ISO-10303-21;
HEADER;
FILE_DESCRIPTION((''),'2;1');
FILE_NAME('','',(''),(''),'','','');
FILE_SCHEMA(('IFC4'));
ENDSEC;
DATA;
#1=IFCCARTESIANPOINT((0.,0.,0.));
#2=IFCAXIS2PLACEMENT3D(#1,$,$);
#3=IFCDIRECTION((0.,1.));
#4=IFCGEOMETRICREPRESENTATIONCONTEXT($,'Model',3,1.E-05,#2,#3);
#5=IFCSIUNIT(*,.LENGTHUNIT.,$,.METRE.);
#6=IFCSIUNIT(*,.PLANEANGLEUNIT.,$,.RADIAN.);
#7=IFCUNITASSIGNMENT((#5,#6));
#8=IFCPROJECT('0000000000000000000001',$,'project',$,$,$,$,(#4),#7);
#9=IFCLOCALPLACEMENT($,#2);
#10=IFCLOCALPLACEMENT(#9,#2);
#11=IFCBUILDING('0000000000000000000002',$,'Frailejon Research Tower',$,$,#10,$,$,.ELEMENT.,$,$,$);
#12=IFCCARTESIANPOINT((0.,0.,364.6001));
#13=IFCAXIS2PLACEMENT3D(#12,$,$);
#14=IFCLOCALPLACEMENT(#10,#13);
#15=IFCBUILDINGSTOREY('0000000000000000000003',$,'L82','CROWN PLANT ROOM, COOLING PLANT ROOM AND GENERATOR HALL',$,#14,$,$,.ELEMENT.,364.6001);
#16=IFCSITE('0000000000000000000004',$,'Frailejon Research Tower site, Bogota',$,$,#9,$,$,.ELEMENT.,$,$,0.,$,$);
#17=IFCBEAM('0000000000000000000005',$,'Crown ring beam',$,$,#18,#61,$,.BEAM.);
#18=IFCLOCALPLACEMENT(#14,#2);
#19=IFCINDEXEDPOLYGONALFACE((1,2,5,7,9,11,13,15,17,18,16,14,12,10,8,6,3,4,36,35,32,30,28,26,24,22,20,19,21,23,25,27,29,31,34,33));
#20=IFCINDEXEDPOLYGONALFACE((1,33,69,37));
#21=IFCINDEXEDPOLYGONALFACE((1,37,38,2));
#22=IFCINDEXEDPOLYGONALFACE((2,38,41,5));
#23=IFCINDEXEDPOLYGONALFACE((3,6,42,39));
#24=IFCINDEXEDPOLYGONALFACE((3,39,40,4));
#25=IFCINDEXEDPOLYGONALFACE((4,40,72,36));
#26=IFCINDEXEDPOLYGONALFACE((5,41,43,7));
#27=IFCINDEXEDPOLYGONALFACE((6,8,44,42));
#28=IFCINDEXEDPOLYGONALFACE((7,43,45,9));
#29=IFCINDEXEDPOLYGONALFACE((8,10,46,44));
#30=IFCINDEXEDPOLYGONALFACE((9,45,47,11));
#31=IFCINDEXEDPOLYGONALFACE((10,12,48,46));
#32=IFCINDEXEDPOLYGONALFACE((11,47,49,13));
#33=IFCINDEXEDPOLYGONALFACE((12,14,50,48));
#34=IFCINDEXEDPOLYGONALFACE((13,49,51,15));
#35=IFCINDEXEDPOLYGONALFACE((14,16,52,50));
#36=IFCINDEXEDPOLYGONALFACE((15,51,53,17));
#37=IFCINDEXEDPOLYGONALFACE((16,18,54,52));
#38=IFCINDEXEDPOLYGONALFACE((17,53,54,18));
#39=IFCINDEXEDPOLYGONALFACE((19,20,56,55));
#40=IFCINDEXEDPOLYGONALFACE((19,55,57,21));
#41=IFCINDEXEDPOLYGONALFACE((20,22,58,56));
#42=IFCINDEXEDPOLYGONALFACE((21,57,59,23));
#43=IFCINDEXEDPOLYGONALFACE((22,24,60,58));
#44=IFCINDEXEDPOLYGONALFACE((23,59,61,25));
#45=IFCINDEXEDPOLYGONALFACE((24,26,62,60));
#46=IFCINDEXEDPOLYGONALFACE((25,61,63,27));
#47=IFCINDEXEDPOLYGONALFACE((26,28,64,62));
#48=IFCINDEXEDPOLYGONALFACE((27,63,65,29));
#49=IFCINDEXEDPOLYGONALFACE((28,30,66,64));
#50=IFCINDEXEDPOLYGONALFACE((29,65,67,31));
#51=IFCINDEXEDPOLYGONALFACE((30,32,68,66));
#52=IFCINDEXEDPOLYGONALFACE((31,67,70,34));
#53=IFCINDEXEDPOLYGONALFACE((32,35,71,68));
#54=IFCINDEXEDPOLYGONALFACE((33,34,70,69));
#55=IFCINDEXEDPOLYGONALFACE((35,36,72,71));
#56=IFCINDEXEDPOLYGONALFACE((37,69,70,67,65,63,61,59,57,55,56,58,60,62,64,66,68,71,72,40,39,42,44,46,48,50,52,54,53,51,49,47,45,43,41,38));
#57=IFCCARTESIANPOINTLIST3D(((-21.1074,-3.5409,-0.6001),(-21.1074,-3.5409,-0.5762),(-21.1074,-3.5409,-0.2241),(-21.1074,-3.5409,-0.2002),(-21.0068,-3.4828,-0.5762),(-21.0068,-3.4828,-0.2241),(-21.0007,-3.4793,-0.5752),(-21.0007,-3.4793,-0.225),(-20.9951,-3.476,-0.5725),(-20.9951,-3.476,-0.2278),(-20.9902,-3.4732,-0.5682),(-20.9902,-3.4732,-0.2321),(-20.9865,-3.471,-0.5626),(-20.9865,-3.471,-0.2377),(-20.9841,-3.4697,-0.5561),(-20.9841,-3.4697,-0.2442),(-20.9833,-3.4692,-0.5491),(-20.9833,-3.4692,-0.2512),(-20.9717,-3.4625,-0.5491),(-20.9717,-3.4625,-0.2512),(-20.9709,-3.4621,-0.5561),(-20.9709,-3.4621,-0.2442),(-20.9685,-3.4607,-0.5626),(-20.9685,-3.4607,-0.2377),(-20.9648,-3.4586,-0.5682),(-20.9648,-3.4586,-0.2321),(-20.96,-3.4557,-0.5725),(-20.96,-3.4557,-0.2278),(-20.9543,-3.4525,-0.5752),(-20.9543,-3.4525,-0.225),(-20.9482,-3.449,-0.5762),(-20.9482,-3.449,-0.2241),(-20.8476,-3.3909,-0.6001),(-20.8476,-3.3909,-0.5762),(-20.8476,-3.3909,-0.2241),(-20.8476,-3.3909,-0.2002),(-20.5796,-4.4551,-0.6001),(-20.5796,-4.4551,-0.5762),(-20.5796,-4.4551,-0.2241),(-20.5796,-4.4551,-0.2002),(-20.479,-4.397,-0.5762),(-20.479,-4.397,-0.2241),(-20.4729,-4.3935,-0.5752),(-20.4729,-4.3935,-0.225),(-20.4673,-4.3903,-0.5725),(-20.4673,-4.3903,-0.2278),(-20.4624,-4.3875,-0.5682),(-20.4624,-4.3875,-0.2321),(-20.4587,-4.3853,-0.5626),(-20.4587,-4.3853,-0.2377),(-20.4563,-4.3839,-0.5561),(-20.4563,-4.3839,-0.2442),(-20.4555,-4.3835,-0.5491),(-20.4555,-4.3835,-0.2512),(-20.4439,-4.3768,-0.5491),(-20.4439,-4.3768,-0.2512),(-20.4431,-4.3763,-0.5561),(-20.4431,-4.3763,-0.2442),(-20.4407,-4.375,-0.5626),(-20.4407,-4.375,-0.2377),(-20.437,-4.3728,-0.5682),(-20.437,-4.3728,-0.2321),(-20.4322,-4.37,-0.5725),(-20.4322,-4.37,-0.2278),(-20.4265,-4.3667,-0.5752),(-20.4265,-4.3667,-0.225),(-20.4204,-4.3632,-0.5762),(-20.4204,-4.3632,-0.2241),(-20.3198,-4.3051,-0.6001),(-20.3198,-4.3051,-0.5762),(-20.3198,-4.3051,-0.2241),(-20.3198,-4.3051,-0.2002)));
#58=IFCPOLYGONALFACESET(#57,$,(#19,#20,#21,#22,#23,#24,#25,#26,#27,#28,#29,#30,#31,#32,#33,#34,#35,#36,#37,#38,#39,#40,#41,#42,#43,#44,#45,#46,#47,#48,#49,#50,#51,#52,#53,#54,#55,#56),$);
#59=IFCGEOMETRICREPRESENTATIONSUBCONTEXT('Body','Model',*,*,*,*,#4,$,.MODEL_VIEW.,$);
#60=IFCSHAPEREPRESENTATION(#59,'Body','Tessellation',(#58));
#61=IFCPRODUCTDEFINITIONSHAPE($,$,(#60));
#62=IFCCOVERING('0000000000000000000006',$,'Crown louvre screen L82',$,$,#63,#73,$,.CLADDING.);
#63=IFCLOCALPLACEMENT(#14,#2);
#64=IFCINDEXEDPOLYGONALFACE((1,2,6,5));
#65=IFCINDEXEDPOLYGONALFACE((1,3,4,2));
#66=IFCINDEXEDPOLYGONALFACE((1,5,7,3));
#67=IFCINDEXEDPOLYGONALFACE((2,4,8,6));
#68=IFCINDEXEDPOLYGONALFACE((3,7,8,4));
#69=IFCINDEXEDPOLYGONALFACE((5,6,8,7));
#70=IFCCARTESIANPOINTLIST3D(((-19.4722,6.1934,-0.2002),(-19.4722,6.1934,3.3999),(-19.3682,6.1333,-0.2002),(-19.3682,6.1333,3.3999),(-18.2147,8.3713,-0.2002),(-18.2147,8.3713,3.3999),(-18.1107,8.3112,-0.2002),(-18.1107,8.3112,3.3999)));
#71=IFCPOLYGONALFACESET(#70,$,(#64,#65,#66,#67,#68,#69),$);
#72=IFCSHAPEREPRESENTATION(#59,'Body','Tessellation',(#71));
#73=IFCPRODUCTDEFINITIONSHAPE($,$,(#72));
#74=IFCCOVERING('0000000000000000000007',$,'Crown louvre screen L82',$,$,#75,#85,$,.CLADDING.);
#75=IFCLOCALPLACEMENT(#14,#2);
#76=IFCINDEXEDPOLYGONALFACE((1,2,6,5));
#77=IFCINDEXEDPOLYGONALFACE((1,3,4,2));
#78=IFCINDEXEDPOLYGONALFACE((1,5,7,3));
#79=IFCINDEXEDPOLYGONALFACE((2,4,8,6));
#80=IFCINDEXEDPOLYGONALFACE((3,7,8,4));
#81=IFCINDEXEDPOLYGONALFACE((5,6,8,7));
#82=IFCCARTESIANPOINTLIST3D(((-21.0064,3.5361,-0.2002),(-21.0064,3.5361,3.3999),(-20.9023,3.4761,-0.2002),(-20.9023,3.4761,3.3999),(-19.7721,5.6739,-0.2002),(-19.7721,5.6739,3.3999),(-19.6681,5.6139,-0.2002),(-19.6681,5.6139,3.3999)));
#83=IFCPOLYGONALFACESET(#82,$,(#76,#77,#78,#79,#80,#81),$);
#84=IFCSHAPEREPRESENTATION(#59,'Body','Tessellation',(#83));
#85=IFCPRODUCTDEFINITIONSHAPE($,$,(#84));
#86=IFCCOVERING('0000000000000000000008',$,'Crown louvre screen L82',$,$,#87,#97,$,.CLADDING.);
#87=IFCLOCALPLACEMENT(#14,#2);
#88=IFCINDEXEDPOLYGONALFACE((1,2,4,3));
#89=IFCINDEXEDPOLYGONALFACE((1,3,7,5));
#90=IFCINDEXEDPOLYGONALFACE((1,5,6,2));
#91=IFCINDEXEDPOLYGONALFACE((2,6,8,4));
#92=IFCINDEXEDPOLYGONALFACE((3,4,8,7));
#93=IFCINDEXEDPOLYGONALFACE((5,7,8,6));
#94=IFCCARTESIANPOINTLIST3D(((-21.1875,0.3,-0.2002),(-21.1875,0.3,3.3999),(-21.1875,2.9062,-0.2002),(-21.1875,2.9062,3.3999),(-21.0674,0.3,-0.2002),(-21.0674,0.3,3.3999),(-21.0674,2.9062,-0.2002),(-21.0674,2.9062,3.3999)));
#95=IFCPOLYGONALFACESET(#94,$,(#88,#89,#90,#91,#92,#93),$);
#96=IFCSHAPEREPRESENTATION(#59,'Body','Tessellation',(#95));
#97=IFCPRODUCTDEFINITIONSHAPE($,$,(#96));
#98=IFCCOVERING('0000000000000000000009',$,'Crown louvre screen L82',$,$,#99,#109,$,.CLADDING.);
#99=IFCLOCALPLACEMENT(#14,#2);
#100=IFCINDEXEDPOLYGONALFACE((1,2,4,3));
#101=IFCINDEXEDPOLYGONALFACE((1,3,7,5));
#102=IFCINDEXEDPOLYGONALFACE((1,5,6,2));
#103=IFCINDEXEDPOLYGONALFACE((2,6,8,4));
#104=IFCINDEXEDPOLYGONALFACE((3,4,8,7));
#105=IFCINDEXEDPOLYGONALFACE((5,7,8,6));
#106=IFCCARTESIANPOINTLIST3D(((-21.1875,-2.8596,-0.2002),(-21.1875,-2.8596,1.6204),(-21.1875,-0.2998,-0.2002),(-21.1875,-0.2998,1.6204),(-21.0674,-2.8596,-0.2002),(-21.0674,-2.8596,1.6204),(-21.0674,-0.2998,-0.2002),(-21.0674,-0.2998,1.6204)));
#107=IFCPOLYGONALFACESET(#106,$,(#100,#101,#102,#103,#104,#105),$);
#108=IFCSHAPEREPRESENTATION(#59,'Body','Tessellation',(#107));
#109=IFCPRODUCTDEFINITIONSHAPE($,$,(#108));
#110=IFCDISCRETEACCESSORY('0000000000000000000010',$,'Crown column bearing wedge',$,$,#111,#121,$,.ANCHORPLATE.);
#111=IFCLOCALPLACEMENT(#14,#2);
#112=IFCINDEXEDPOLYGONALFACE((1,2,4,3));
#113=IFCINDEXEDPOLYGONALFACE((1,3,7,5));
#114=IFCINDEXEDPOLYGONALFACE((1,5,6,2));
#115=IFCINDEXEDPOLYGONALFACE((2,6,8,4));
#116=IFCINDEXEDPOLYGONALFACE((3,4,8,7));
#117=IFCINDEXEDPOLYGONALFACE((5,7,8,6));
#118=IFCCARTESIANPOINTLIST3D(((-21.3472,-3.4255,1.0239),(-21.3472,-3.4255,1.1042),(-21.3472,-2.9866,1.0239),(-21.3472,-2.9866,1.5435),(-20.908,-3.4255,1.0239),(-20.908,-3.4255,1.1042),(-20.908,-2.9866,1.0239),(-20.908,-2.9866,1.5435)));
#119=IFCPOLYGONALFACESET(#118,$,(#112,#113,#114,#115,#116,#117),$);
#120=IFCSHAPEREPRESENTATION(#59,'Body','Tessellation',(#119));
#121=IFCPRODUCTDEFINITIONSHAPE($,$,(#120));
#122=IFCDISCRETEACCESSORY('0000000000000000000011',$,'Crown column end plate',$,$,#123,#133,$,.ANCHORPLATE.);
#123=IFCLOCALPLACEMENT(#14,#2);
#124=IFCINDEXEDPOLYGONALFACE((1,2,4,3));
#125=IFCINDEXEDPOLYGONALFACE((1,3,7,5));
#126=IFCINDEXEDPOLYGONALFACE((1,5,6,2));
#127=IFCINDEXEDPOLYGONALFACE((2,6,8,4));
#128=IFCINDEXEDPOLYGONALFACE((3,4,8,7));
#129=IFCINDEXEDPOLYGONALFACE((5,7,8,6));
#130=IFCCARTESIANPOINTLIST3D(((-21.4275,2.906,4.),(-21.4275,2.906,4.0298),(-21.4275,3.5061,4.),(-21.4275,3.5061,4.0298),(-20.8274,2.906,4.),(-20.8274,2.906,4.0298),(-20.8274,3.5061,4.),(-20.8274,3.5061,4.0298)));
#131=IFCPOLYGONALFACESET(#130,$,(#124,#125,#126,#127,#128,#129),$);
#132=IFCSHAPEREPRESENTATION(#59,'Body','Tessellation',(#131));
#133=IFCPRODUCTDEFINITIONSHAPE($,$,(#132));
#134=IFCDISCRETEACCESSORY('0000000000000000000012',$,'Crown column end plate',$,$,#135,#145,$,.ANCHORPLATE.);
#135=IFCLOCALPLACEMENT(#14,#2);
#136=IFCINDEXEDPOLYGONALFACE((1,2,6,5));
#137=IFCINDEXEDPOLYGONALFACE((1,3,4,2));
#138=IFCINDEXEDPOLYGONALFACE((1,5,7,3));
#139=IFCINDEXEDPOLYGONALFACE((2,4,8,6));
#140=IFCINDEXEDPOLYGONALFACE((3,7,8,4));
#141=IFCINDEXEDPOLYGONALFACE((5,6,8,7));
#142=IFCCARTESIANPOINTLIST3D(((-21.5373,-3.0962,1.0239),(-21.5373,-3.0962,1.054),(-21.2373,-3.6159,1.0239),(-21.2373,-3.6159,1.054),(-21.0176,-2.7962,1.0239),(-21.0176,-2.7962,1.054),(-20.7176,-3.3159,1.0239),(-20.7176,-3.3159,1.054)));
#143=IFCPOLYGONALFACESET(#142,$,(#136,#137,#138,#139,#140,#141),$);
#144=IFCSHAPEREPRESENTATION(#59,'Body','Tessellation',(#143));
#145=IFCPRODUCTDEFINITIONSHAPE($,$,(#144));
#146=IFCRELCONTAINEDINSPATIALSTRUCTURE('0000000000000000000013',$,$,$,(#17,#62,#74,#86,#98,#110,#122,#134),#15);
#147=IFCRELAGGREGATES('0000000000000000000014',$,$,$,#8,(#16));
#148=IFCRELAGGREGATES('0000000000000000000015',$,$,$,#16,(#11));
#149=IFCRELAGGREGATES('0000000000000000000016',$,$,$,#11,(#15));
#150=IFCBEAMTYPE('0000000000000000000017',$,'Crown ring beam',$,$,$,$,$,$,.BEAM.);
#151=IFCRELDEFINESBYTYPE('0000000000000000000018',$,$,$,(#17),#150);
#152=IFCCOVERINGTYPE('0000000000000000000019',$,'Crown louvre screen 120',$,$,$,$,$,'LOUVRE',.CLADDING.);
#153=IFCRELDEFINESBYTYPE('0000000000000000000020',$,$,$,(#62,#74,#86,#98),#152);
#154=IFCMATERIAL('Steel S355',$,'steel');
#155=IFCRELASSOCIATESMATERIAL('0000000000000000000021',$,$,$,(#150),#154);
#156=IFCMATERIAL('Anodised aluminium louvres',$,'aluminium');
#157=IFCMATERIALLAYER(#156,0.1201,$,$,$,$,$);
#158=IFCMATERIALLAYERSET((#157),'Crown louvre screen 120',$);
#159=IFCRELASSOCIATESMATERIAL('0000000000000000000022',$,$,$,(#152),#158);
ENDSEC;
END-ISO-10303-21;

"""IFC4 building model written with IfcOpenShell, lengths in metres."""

from ifc_helpers import new_model, si_unit, direction, frame, origin, origin_2d, place, context, subcontext, project, spatial, polyline, rectangle, i_section, outline, extrude, material, layer, layer_set, material_profile, profile_set, type_object, element, save


model = new_model("IFC4")

# Units and contexts
model_context = context("Model", 3, precision=1e-05, world=origin(), true_north=direction((0.0, 1.0)))
body_context = subcontext(model_context, "Body", "Model", "MODEL_VIEW")
ifc_project = project(units=[si_unit("LENGTHUNIT", "METRE"), si_unit("PLANEANGLEUNIT", "RADIAN")], contexts=[model_context])

# Site, building, storey
site_placement = place(None, origin())
site = spatial("IfcSite", under=ifc_project, at=site_placement, Name="Frailejon Research Tower site, Bogota", CompositionType="ELEMENT", RefElevation=0.0)
building_placement = place(site_placement, origin())
building = spatial("IfcBuilding", under=site, at=building_placement, Name="Frailejon Research Tower", CompositionType="ELEMENT")
storey_placement = place(building_placement, frame((0.0, 0.0, 364.6001)))
storey = spatial("IfcBuildingStorey", under=building, at=storey_placement, Name="L82", Description="CROWN PLANT ROOM, COOLING PLANT ROOM AND GENERATOR HALL", CompositionType="ELEMENT", Elevation=364.6001)

# Beam
ifc_material_1 = material(Name="Steel S355", Category="steel")
ifc_material_profile_1 = material_profile(ifc_material_1, i_section(OverallWidth=0.3, OverallDepth=0.3999, WebThickness=0.0134, FlangeThickness=0.0239, FilletRadius=0.0271, at=origin_2d()), Name="HE 400 B")
ifc_profile_set_1 = profile_set([ifc_material_profile_1], Name="Steel S355")
beam_type_1 = type_object("IfcBeamType", Name="Crown ring beam", PredefinedType="BEAM", material=ifc_profile_set_1)
beam_1_placement = place(storey_placement, frame((-20.4497, -4.3801, -0.4001), z_axis=(-0.499969, 0.866043, 0.0), x_axis=(-0.866043, -0.499969, 0.0)))
element("IfcBeam", 1, at=beam_1_placement, inside=storey, type_object=beam_type_1, Name="Crown ring beam", PredefinedType="BEAM", context=body_context, shape_type="SweptSolid", body=[
    extrude(i_section(OverallWidth=0.3, OverallDepth=0.3999, WebThickness=0.0134, FlangeThickness=0.0239, FilletRadius=0.0271, at=origin_2d()), origin(), (0.0, 0.0, 1.0), 1.0557),
])

# Coverings
ifc_material_2 = material(Name="Anodised aluminium louvres", Category="aluminium")
ifc_layer = layer(ifc_material_2, 0.1201)
ifc_layer_set = layer_set([ifc_layer], Name="Crown louvre screen 120")
covering_type = type_object("IfcCoveringType", Name="Crown louvre screen 120", ElementType="LOUVRE", PredefinedType="CLADDING", material=ifc_layer_set)
covering_1_placement = place(storey_placement, frame((-19.4202, 6.1633, -0.2002), z_axis=(0.500009, 0.86602, 0.0), x_axis=(-0.86602, 0.500009, 0.0)))
element("IfcCovering", 2, at=covering_1_placement, inside=storey, type_object=covering_type, Name="Crown louvre screen L82", PredefinedType="CLADDING", context=body_context, shape_type="SweptSolid", body=[
    extrude(outline(polyline([(-0.0601, 0.0), (0.0601, 0.0), (0.0601, 3.6001), (-0.0601, 3.6001), (-0.0601, 0.0)])), origin(), (0.0, 0.0, 1.0), 2.5149),
])
covering_2_placement = place(storey_placement, frame((-20.9543, 3.5061, -0.2002), z_axis=(0.499999, 0.866026, 0.0), x_axis=(-0.866026, 0.499999, 0.0)))
element("IfcCovering", 3, at=covering_2_placement, inside=storey, type_object=covering_type, Name="Crown louvre screen L82", PredefinedType="CLADDING", context=body_context, shape_type="SweptSolid", body=[
    extrude(outline(polyline([(-0.0601, 0.0), (0.0601, 0.0), (0.0601, 3.6001), (-0.0601, 3.6001), (-0.0601, 0.0)])), origin(), (0.0, 0.0, 1.0), 2.4685),
])
covering_3_placement = place(storey_placement, frame((-21.1274, 0.3, -0.2002), z_axis=(0.0, 1.0, 0.0), x_axis=(-1.0, 0.0, 0.0)))
element("IfcCovering", 4, at=covering_3_placement, inside=storey, type_object=covering_type, Name="Crown louvre screen L82", PredefinedType="CLADDING", context=body_context, shape_type="SweptSolid", body=[
    extrude(outline(polyline([(-0.0601, 0.0), (0.0601, 0.0), (0.0601, 3.6001), (-0.0601, 3.6001), (-0.0601, 0.0)])), origin(), (0.0, 0.0, 1.0), 2.6062),
])
covering_4_placement = place(storey_placement, frame((-21.1274, -2.8596, -0.2002), z_axis=(0.0, 1.0, 0.0), x_axis=(-1.0, 0.0, 0.0)))
element("IfcCovering", 5, at=covering_4_placement, inside=storey, type_object=covering_type, Name="Crown louvre screen L82", PredefinedType="CLADDING", context=body_context, shape_type="SweptSolid", body=[
    extrude(outline(polyline([(-0.0601, 0.0), (0.0601, 0.0), (0.0601, 1.8206), (-0.0601, 1.8206), (-0.0601, 0.0)])), origin(), (0.0, 0.0, 1.0), 2.5598),
])

# Discrete accessories
discrete_accessory_1_placement = place(storey_placement, frame((-21.3472, -3.2061, 1.0239), z_axis=(1.0, 0.0, 0.0), x_axis=(0.0, 1.0, 0.0)))
element("IfcDiscreteAccessory", 6, at=discrete_accessory_1_placement, inside=storey, Name="Crown column bearing wedge", PredefinedType="ANCHORPLATE", context=body_context, shape_type="SweptSolid", body=[
    extrude(outline(polyline([(-0.2195, 0.0), (0.2195, 0.0), (0.2195, 0.5195), (-0.2195, 0.0803), (-0.2195, 0.0)])), origin(), (0.0, 0.0, 1.0), 0.4392),
])
discrete_accessory_2_placement = place(storey_placement, frame((-21.1274, 3.2061, 4.0), z_axis=(0.0, 0.0, 1.0), x_axis=(0.0, -1.0, 0.0)))
element("IfcDiscreteAccessory", 7, at=discrete_accessory_2_placement, inside=storey, Name="Crown column end plate", PredefinedType="ANCHORPLATE", context=body_context, shape_type="SweptSolid", body=[
    extrude(rectangle(XDim=0.6001, YDim=0.6001, at=origin_2d()), origin(), (0.0, 0.0, 1.0), 0.0298),
])
discrete_accessory_3_placement = place(storey_placement, frame((-21.1274, -3.2061, 1.0239), z_axis=(0.0, 0.0, 1.0), x_axis=(0.5, -0.866025, 0.0)))
element("IfcDiscreteAccessory", 8, at=discrete_accessory_3_placement, inside=storey, Name="Crown column end plate", PredefinedType="ANCHORPLATE", context=body_context, shape_type="SweptSolid", body=[
    extrude(rectangle(XDim=0.6001, YDim=0.6001, at=origin_2d()), origin(), (0.0, 0.0, 1.0), 0.03),
])

save(model, "model.ifc")
